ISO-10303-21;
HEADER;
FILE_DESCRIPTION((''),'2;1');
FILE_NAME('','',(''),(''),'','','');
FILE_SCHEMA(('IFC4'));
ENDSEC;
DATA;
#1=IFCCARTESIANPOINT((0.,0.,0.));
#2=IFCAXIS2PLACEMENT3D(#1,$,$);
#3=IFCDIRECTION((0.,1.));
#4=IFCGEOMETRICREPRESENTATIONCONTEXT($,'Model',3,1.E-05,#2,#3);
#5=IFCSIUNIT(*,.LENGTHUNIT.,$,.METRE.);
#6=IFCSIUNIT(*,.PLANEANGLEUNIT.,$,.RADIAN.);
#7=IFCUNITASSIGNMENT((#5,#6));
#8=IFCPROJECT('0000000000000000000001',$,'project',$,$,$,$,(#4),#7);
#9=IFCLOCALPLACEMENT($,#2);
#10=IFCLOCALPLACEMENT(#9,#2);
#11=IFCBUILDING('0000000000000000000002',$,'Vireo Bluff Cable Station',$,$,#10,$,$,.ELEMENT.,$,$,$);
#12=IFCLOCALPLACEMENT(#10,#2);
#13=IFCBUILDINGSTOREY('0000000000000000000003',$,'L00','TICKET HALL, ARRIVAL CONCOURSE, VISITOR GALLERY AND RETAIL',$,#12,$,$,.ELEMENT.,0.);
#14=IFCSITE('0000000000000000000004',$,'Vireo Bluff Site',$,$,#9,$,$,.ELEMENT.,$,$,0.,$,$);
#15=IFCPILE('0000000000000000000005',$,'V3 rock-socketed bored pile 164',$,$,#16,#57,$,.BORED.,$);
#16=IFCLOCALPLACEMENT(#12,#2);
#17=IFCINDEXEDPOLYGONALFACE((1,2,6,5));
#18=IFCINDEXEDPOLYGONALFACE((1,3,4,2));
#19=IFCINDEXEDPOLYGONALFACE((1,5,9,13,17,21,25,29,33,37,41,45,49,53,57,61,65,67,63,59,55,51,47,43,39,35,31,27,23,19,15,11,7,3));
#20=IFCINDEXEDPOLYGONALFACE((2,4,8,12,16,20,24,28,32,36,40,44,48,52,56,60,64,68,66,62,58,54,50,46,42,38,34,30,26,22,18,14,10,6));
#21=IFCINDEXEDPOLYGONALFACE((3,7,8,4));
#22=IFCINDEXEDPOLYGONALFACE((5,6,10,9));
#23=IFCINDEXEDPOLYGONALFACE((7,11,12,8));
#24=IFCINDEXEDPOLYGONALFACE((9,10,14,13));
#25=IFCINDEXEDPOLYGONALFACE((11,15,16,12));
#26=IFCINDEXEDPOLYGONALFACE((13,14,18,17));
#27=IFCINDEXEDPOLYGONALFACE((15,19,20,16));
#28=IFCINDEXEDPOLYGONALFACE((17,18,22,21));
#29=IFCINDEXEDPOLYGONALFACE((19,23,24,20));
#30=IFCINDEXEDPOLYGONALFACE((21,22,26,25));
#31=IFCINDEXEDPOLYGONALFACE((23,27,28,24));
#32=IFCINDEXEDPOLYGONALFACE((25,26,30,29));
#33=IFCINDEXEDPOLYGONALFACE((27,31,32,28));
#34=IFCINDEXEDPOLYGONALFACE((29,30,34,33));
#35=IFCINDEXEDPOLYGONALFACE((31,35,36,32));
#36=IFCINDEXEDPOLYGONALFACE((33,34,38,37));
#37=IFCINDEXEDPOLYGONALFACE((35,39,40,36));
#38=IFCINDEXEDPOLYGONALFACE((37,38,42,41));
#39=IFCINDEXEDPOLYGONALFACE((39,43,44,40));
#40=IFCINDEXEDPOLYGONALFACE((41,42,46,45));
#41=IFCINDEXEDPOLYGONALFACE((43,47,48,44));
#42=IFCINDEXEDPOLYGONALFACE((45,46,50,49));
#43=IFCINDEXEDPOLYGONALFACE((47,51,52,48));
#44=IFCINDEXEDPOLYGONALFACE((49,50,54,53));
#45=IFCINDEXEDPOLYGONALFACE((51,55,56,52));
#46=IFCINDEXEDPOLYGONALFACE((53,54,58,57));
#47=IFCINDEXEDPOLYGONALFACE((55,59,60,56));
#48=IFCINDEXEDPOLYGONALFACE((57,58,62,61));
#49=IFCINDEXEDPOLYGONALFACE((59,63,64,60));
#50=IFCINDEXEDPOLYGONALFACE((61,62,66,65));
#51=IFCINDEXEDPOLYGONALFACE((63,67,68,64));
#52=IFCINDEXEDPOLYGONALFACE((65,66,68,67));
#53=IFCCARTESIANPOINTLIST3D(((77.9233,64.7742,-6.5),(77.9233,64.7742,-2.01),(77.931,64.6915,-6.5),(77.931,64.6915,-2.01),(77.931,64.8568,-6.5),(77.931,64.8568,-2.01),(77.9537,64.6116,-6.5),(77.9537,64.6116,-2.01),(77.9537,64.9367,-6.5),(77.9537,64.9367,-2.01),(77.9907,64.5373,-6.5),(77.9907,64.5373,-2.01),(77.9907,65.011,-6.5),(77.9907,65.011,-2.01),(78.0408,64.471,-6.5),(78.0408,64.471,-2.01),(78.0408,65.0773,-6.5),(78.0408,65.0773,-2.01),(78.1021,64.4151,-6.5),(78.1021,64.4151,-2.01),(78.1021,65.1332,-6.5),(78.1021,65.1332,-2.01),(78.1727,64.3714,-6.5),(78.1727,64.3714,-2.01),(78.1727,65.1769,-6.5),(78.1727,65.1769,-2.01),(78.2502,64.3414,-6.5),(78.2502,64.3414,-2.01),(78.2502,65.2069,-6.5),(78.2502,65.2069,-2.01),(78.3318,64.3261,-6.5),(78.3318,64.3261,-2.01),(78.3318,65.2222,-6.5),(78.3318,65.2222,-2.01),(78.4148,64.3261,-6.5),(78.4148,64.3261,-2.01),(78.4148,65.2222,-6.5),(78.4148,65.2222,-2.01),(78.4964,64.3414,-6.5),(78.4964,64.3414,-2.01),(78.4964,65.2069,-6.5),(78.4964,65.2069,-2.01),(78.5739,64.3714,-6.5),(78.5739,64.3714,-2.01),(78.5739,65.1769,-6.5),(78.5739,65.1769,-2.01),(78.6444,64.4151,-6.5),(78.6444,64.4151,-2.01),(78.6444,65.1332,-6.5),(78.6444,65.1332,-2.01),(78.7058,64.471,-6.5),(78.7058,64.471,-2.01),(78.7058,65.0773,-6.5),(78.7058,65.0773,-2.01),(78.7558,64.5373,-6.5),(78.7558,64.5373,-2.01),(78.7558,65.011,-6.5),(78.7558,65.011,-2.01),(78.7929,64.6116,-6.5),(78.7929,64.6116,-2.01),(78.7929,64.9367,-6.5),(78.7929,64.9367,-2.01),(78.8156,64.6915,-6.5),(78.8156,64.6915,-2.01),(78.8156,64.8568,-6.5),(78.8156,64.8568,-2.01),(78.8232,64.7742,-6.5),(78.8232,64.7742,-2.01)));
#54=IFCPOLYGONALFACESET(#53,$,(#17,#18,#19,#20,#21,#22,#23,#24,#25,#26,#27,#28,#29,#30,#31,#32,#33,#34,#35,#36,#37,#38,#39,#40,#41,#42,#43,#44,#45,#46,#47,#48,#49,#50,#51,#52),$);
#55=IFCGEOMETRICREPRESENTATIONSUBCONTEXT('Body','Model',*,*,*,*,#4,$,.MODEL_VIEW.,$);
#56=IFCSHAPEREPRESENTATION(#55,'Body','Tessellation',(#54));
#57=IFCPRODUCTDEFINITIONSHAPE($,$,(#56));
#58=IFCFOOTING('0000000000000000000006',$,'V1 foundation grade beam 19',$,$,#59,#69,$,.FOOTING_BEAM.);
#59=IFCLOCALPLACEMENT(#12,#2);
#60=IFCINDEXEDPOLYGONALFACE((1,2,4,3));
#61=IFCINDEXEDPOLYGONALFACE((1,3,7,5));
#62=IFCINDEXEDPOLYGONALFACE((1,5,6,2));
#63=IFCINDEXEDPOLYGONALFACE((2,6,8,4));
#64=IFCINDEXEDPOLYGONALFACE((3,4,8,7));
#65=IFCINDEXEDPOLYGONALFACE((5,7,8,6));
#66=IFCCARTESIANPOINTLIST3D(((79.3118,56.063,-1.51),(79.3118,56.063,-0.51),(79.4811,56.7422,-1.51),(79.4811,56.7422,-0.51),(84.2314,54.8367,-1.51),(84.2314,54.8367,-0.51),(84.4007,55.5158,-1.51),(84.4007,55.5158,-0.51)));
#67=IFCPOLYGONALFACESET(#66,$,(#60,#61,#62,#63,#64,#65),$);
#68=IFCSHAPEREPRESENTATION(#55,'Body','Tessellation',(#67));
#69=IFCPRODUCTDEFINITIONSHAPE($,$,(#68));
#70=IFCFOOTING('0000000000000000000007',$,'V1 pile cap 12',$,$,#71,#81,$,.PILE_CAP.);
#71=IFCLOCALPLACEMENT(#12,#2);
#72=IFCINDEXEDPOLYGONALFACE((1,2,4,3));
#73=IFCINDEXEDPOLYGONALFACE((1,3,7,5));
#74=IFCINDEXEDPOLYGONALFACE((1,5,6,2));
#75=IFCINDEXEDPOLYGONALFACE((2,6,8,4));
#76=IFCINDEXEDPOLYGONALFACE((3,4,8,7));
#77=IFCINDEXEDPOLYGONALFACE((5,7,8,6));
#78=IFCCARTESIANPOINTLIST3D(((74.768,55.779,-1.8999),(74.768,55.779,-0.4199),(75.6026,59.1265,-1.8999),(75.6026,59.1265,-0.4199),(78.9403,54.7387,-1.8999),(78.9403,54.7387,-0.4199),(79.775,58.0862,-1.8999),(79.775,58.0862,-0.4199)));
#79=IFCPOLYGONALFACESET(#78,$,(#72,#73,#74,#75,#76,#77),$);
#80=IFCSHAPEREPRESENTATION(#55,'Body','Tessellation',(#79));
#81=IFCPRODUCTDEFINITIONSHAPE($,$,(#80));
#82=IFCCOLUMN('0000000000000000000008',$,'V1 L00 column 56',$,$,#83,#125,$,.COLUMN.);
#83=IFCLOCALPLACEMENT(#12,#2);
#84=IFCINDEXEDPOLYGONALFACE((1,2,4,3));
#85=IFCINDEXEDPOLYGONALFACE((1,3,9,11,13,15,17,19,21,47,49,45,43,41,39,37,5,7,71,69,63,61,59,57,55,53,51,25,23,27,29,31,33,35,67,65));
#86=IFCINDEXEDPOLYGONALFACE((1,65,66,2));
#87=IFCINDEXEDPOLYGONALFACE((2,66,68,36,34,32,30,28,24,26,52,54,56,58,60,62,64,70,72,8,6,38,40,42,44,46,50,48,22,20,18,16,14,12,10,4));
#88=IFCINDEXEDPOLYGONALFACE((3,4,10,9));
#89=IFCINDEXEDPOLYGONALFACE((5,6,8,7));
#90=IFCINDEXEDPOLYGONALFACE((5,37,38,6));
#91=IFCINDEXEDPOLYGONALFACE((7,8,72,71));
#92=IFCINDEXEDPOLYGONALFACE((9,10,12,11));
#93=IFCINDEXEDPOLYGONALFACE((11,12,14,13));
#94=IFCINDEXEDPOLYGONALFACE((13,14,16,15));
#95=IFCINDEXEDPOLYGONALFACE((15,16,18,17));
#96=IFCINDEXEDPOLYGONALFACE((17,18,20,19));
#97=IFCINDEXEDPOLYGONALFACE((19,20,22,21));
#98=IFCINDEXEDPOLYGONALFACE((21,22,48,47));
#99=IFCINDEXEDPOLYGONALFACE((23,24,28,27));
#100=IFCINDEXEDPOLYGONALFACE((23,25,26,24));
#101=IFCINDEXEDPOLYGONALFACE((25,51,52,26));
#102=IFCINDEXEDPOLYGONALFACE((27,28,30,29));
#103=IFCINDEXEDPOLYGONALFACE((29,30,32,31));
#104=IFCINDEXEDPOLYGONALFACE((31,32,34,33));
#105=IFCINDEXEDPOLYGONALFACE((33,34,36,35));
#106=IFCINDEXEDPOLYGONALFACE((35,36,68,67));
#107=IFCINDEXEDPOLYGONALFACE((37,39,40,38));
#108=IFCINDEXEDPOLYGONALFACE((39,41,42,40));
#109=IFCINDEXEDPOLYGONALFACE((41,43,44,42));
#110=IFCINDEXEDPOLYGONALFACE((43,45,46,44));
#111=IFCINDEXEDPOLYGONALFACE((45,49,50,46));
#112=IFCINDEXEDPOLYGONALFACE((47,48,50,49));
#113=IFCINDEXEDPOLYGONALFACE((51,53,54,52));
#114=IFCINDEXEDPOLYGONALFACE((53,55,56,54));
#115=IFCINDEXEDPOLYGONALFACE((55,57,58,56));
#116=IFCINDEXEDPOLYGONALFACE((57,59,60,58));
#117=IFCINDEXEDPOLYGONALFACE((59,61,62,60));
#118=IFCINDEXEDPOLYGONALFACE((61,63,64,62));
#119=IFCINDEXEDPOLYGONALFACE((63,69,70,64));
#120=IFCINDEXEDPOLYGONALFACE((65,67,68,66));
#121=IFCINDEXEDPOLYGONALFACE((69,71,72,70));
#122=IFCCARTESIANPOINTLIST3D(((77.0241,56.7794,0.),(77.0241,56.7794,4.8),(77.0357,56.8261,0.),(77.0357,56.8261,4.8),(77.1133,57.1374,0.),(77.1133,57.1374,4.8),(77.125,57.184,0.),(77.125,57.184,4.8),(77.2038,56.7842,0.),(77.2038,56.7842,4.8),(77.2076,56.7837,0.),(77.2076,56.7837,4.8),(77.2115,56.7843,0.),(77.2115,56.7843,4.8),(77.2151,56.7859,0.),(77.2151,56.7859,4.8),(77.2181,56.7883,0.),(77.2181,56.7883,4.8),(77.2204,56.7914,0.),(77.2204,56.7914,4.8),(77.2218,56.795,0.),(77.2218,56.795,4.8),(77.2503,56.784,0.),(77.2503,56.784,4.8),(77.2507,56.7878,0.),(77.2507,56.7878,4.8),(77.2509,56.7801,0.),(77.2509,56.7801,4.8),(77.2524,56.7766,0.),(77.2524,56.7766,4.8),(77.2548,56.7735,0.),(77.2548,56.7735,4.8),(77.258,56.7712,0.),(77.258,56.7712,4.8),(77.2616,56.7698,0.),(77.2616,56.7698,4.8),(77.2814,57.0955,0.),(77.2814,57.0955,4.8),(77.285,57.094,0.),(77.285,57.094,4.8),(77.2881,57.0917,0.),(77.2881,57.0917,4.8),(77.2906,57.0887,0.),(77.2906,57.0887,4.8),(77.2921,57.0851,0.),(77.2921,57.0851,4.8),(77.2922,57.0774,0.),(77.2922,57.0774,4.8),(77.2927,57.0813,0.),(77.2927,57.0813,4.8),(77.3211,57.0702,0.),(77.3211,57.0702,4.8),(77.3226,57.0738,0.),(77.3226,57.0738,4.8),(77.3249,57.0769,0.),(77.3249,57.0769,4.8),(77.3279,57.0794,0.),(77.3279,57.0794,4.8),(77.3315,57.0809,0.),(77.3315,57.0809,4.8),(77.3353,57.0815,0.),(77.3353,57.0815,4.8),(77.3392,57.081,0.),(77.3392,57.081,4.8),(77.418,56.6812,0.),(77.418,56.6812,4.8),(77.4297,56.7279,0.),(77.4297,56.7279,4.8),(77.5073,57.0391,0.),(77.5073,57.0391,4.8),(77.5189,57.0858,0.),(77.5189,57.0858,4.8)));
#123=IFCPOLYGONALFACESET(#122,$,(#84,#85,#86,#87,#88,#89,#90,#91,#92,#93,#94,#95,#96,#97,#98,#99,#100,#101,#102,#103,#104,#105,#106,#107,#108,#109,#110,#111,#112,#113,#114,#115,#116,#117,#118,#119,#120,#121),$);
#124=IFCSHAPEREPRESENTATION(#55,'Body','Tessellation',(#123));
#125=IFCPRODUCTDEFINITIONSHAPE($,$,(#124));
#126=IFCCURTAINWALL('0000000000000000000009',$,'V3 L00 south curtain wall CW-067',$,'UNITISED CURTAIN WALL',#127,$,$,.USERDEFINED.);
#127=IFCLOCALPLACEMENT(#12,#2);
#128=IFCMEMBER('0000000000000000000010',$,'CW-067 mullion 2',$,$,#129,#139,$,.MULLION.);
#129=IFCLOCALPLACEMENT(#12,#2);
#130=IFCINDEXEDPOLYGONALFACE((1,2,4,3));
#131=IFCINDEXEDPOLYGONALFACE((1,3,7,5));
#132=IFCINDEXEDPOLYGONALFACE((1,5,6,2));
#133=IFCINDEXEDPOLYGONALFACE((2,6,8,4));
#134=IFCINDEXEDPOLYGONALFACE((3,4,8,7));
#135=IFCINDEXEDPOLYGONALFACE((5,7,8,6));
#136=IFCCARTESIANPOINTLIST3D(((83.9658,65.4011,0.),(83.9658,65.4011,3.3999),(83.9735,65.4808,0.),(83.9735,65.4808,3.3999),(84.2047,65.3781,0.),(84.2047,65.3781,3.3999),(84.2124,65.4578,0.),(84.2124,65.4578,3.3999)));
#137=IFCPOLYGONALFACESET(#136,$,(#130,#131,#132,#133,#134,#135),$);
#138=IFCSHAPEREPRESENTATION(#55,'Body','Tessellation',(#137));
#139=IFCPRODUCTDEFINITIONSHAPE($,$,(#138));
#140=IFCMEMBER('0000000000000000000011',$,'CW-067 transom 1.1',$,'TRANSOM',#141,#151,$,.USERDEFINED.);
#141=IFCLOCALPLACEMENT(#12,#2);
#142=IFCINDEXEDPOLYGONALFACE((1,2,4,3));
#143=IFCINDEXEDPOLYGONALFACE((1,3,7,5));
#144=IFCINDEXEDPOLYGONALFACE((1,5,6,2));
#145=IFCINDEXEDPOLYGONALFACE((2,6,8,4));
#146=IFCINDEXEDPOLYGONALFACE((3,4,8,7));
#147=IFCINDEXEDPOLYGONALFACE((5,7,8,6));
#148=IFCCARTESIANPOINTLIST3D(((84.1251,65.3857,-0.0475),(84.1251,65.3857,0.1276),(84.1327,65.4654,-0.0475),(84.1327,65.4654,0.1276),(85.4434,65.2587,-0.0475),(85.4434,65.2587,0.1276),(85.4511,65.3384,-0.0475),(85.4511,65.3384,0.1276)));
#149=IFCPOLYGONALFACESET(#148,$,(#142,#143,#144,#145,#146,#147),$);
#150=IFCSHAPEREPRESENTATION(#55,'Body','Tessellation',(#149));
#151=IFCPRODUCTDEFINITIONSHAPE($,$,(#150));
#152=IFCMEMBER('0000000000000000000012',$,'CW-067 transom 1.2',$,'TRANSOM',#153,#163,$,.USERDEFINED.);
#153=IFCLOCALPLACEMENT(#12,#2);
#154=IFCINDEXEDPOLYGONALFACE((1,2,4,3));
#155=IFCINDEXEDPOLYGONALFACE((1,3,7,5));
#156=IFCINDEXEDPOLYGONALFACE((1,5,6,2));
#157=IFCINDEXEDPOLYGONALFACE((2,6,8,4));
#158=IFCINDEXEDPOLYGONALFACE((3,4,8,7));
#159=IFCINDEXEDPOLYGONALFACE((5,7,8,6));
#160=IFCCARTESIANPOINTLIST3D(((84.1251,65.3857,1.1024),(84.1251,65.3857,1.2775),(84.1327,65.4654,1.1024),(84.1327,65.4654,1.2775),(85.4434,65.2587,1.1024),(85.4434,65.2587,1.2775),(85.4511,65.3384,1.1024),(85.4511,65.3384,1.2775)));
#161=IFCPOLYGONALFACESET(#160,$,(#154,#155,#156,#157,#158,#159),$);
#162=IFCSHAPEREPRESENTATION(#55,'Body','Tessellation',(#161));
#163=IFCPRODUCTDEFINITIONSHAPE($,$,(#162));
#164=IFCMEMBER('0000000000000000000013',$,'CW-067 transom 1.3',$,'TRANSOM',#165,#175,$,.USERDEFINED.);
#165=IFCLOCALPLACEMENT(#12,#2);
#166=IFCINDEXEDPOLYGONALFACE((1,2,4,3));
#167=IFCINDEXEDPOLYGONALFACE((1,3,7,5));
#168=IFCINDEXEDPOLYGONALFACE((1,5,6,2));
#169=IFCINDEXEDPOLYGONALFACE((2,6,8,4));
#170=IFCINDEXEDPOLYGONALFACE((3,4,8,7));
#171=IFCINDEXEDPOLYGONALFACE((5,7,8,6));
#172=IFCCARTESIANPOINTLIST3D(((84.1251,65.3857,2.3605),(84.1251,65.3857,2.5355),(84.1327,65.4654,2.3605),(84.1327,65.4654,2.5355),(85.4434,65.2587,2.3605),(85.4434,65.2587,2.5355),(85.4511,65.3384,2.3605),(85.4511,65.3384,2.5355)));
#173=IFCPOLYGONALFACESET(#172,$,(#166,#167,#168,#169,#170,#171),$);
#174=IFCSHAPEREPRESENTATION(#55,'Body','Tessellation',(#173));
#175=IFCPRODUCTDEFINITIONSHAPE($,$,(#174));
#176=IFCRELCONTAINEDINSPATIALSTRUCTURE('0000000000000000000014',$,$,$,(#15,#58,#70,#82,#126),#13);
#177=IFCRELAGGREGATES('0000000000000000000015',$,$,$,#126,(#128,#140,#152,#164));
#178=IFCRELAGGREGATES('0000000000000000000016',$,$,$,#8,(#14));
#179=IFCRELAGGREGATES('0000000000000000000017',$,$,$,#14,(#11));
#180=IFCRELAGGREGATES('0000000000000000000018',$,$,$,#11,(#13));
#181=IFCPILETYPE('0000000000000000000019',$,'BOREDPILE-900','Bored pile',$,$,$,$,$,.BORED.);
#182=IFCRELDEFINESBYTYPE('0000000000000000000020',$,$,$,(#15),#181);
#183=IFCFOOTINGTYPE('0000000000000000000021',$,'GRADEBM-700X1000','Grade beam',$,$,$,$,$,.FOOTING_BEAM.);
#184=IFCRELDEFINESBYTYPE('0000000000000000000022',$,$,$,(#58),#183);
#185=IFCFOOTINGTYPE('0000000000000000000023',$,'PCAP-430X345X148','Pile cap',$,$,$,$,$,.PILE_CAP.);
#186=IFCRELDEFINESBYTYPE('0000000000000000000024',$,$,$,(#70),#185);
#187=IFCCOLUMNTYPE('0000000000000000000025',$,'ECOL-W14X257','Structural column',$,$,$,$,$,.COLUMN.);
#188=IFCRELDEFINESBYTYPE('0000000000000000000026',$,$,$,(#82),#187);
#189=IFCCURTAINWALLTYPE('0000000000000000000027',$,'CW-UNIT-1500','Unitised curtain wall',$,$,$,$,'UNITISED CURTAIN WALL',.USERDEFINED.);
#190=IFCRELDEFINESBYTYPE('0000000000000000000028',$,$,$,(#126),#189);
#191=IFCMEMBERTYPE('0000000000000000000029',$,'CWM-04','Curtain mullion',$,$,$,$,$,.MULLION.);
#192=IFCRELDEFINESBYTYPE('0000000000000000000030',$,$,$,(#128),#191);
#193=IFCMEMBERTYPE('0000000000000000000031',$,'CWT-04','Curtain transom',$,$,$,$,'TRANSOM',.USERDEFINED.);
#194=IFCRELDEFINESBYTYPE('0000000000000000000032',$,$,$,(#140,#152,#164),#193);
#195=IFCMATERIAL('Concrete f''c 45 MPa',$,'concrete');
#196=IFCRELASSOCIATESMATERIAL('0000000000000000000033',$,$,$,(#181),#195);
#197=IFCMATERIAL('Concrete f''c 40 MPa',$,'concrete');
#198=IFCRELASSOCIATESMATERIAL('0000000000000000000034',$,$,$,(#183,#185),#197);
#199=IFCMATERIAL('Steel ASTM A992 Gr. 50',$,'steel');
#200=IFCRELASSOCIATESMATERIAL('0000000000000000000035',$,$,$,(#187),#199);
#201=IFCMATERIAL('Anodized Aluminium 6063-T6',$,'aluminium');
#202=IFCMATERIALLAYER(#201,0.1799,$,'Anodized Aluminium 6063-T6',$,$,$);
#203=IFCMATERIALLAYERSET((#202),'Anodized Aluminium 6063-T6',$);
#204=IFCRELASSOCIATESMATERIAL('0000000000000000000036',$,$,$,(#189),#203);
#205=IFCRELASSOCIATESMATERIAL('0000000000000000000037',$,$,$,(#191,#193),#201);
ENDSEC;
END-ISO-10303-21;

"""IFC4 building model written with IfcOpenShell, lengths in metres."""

from ifc_helpers import new_model, si_unit, direction, frame, origin, origin_2d, place, context, subcontext, project, spatial, rectangle, circle, i_section, extrude, material, layer, layer_set, material_profile, profile_set, type_object, element, aggregate, save


model = new_model("IFC4")

# Units and contexts
model_context = context("Model", 3, precision=1e-05, world=origin(), true_north=direction((0.0, 1.0)))
body_context = subcontext(model_context, "Body", "Model", "MODEL_VIEW")
ifc_project = project(units=[si_unit("LENGTHUNIT", "METRE"), si_unit("PLANEANGLEUNIT", "RADIAN")], contexts=[model_context])

# Site, building, storey
site_placement = place(None, origin())
site = spatial("IfcSite", under=ifc_project, at=site_placement, Name="Vireo Bluff Site", CompositionType="ELEMENT", RefElevation=0.0)
building_placement = place(site_placement, origin())
building = spatial("IfcBuilding", under=site, at=building_placement, Name="Vireo Bluff Cable Station", CompositionType="ELEMENT")
storey_placement = place(building_placement, origin())
storey = spatial("IfcBuildingStorey", under=building, at=storey_placement, Name="L00", Description="TICKET HALL, ARRIVAL CONCOURSE, VISITOR GALLERY AND RETAIL", CompositionType="ELEMENT", Elevation=0.0)

# Pile
ifc_material_1 = material(Name="Concrete f'c 45 MPa", Category="concrete")
ifc_material_profile_1 = material_profile(ifc_material_1, circle(Radius=0.45, at=origin_2d()), Name="BOREDPILE-900")
ifc_profile_set_1 = profile_set([ifc_material_profile_1], Name="Concrete f'c 45 MPa")
pile_type_1 = type_object("IfcPileType", Name="BOREDPILE-900", Description="Bored pile", PredefinedType="BORED", material=ifc_profile_set_1)
for number, where, z_axis, x_axis, name in (
    (1, (78.3733, 64.7742, -2.01), (0.0, 0.0, -1.0), (1.0, 0.0, 0.0), "V3 rock-socketed bored pile 164"),
):
    element("IfcPile", number, at=place(storey_placement, frame(where, z_axis=z_axis, x_axis=x_axis)), inside=storey, type_object=pile_type_1, Name=name, PredefinedType="BORED", context=body_context, shape_type="SweptSolid", body=[
        extrude(circle(Radius=0.45, at=origin_2d()), origin(), (0.0, 0.0, 1.0), 4.49),
    ])

# Footings
ifc_material_2 = material(Name="Concrete f'c 40 MPa", Category="concrete")
ifc_material_profile_2 = material_profile(ifc_material_2, rectangle(XDim=0.7, YDim=1.0, at=origin_2d()), Name="GRADEBM-700X1000")
ifc_profile_set_2 = profile_set([ifc_material_profile_2], Name="Concrete f'c 40 MPa")
footing_type_1 = type_object("IfcFootingType", Name="GRADEBM-700X1000", Description="Grade beam", PredefinedType="FOOTING_BEAM", material=ifc_profile_set_2)
footing_1_placement = place(storey_placement, frame((79.3965, 56.4026, -1.01), z_axis=(0.970307, -0.241878, 0.0), x_axis=(0.241878, 0.970307, 0.0)))
element("IfcFooting", 2, at=footing_1_placement, inside=storey, type_object=footing_type_1, Name="V1 foundation grade beam 19", PredefinedType="FOOTING_BEAM", context=body_context, shape_type="SweptSolid", body=[
    extrude(rectangle(XDim=0.7, YDim=1.0, at=origin_2d()), origin(), (0.0, 0.0, 1.0), 5.0701),
])
footing_type_2 = type_object("IfcFootingType", Name="PCAP-430X345X148", Description="Pile cap", PredefinedType="PILE_CAP", material=ifc_material_2)
footing_2_placement = place(storey_placement, frame((77.2715, 56.9326, -1.8999), z_axis=(0.0, 0.0, 1.0), x_axis=(0.970296, -0.241922, 0.0)))
element("IfcFooting", 3, at=footing_2_placement, inside=storey, type_object=footing_type_2, Name="V1 pile cap 12", PredefinedType="PILE_CAP", context=body_context, shape_type="SweptSolid", body=[
    extrude(rectangle(XDim=4.3, YDim=3.45, at=origin_2d()), origin(), (0.0, 0.0, 1.0), 1.48),
])

# Column
ifc_material_3 = material(Name="Steel ASTM A992 Gr. 50", Category="steel")
ifc_material_profile_3 = material_profile(ifc_material_3, i_section(OverallWidth=0.406, OverallDepth=0.417, WebThickness=0.0298, FlangeThickness=0.0481, FilletRadius=0.0149, at=origin_2d()), Name="W14X257")
ifc_profile_set_3 = profile_set([ifc_material_profile_3], Name="Steel ASTM A992 Gr. 50")
column_type = type_object("IfcColumnType", Name="ECOL-W14X257", Description="Structural column", PredefinedType="COLUMN", material=ifc_profile_set_3)
column_placement = place(storey_placement, frame((77.2715, 56.9326, 0.0), z_axis=(0.0, 0.0, 1.0), x_axis=(0.970296, -0.241922, 0.0)))
element("IfcColumn", 4, at=column_placement, inside=storey, type_object=column_type, Name="V1 L00 column 56", PredefinedType="COLUMN", context=body_context, shape_type="SweptSolid", body=[
    extrude(i_section(OverallWidth=0.406, OverallDepth=0.417, WebThickness=0.0298, FlangeThickness=0.0481, FilletRadius=0.0149, at=origin_2d()), origin(), (0.0, 0.0, 1.0), 4.8),
])

# Curtain wall, members
ifc_material_4 = material(Name="Anodized Aluminium 6063-T6", Category="aluminium")
ifc_layer_1 = layer(ifc_material_4, 0.1799, Name="Anodized Aluminium 6063-T6")
ifc_layer_set_1 = layer_set([ifc_layer_1], Name="Anodized Aluminium 6063-T6")
curtain_wall_type = type_object("IfcCurtainWallType", Name="CW-UNIT-1500", Description="Unitised curtain wall", ElementType="UNITISED CURTAIN WALL", PredefinedType="USERDEFINED", material=ifc_layer_set_1)
curtain_wall_placement = place(storey_placement, origin())
curtain_wall = element("IfcCurtainWall", 5, at=curtain_wall_placement, inside=storey, type_object=curtain_wall_type, Name="V3 L00 south curtain wall CW-067", ObjectType="UNITISED CURTAIN WALL", PredefinedType="USERDEFINED")
ifc_material_profile_4 = material_profile(ifc_material_4, rectangle(XDim=0.0801, YDim=0.24, at=origin_2d()), Name="ALU-M-80X240")
ifc_profile_set_4 = profile_set([ifc_material_profile_4], Name="Anodized Aluminium 6063-T6")
member_type_1 = type_object("IfcMemberType", Name="CWM-04", Description="Curtain mullion", PredefinedType="MULLION", material=ifc_profile_set_4)
member_1_placement = place(storey_placement, frame((84.0891, 65.4294, 0.0), z_axis=(0.0, 0.0, 1.0), x_axis=(-0.095846, -0.995396, 0.0)))
member_1 = element("IfcMember", 6, at=member_1_placement, type_object=member_type_1, Name="CW-067 mullion 2", PredefinedType="MULLION", context=body_context, shape_type="SweptSolid", body=[
    extrude(rectangle(XDim=0.0801, YDim=0.24, at=origin_2d()), origin(), (0.0, 0.0, 1.0), 3.3999),
])
ifc_material_profile_5 = material_profile(ifc_material_4, rectangle(XDim=0.0801, YDim=0.175, at=origin_2d()), Name="ALU-T-80X175")
ifc_profile_set_5 = profile_set([ifc_material_profile_5], Name="Anodized Aluminium 6063-T6")
member_type_2 = type_object("IfcMemberType", Name="CWT-04", Description="Curtain transom", ElementType="TRANSOM", PredefinedType="USERDEFINED", material=ifc_profile_set_5)
member_2_placement = place(storey_placement, frame((85.4473, 65.2986, 0.04), z_axis=(-0.995396, 0.095853, 0.0), x_axis=(-0.095853, -0.995396, 0.0)))
member_2 = element("IfcMember", 7, at=member_2_placement, type_object=member_type_2, Name="CW-067 transom 1.1", ObjectType="TRANSOM", PredefinedType="USERDEFINED", context=body_context, shape_type="SweptSolid", body=[
    extrude(rectangle(XDim=0.0801, YDim=0.175, at=origin_2d()), origin(), (0.0, 0.0, 1.0), 1.3245),
])
member_3_placement = place(storey_placement, frame((85.4473, 65.2986, 1.1899), z_axis=(-0.995396, 0.095853, 0.0), x_axis=(-0.095853, -0.995396, 0.0)))
member_3 = element("IfcMember", 8, at=member_3_placement, type_object=member_type_2, Name="CW-067 transom 1.2", ObjectType="TRANSOM", PredefinedType="USERDEFINED", context=body_context, shape_type="SweptSolid", body=[
    extrude(rectangle(XDim=0.0801, YDim=0.175, at=origin_2d()), origin(), (0.0, 0.0, 1.0), 1.3245),
])
member_4_placement = place(storey_placement, frame((85.4473, 65.2986, 2.448), z_axis=(-0.995396, 0.095853, 0.0), x_axis=(-0.095853, -0.995396, 0.0)))
member_4 = element("IfcMember", 9, at=member_4_placement, type_object=member_type_2, Name="CW-067 transom 1.3", ObjectType="TRANSOM", PredefinedType="USERDEFINED", context=body_context, shape_type="SweptSolid", body=[
    extrude(rectangle(XDim=0.0801, YDim=0.175, at=origin_2d()), origin(), (0.0, 0.0, 1.0), 1.3245),
])

aggregate(curtain_wall, [member_1, member_2, member_3, member_4])

save(model, "model.ifc")
